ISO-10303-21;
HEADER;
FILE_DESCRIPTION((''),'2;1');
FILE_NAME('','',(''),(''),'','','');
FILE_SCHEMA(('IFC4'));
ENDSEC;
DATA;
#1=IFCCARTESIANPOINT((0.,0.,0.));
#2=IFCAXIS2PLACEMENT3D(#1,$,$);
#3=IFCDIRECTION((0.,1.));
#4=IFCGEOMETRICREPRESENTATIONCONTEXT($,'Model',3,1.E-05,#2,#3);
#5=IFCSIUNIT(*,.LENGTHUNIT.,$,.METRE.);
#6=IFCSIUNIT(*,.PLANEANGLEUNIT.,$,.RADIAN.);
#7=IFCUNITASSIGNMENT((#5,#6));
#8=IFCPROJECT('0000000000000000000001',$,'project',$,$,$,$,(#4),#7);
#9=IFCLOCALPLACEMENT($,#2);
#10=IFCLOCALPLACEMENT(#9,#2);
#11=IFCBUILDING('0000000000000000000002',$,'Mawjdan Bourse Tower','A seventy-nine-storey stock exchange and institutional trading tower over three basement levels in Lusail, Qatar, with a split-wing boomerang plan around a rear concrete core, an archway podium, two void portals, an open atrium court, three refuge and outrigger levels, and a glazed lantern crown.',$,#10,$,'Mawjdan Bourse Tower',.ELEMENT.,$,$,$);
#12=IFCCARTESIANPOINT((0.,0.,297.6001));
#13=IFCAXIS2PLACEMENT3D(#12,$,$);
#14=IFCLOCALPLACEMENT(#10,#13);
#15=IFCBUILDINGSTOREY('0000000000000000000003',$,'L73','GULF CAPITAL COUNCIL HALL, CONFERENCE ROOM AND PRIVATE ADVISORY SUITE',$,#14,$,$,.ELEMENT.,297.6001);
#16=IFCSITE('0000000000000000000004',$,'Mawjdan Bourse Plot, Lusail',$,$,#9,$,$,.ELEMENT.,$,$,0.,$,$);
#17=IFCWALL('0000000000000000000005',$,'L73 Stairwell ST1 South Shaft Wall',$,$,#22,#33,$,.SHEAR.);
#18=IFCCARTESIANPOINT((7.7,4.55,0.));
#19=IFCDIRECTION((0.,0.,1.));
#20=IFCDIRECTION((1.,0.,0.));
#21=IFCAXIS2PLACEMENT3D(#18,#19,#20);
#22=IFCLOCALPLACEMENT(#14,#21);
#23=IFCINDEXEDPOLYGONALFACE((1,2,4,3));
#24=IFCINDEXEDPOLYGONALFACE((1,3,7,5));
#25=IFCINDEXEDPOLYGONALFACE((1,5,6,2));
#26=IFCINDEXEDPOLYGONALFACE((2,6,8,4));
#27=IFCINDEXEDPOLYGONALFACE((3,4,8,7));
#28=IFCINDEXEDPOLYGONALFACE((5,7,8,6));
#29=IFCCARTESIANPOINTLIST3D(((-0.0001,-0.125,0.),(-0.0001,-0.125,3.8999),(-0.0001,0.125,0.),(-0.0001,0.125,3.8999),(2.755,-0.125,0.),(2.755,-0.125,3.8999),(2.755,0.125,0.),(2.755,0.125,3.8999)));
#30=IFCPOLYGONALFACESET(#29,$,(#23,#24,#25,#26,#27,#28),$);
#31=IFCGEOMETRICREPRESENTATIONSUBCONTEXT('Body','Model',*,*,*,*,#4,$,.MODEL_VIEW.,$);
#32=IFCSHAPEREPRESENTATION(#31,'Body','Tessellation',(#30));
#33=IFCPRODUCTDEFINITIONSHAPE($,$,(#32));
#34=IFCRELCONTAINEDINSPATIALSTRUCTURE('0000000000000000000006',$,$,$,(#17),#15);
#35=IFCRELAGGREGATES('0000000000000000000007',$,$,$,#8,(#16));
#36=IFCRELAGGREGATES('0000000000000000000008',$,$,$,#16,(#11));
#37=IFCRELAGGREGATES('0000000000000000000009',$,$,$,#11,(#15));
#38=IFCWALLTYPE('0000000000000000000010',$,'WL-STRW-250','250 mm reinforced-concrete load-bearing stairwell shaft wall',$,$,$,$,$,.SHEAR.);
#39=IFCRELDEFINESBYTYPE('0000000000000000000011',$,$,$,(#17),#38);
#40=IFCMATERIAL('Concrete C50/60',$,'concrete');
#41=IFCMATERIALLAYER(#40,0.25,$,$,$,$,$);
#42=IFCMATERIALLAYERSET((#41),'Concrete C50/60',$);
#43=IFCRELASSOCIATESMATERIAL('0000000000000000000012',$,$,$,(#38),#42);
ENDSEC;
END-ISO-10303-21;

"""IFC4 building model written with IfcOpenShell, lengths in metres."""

from ifc_helpers import new_model, si_unit, direction, frame, frame_2d, origin, place, context, subcontext, project, spatial, rectangle, extrude, material, layer, layer_set, type_object, element, save


model = new_model("IFC4")

# Units and contexts
model_context = context("Model", 3, precision=1e-05, world=origin(), true_north=direction((0.0, 1.0)))
body_context = subcontext(model_context, "Body", "Model", "MODEL_VIEW")
ifc_project = project(units=[si_unit("LENGTHUNIT", "METRE"), si_unit("PLANEANGLEUNIT", "RADIAN")], contexts=[model_context])

# Site, building, storey
site_placement = place(None, origin())
site = spatial("IfcSite", under=ifc_project, at=site_placement, Name="Mawjdan Bourse Plot, Lusail", CompositionType="ELEMENT", RefElevation=0.0)
building_placement = place(site_placement, origin())
building = spatial("IfcBuilding", under=site, at=building_placement, Name="Mawjdan Bourse Tower", Description="A seventy-nine-storey stock exchange and institutional trading tower over three basement levels in Lusail, Qatar, with a split-wing boomerang plan around a rear concrete core, an archway podium, two void portals, an open atrium court, three refuge and outrigger levels, and a glazed lantern crown.", LongName="Mawjdan Bourse Tower", CompositionType="ELEMENT")
storey_placement = place(building_placement, frame((0.0, 0.0, 297.6001)))
storey = spatial("IfcBuildingStorey", under=building, at=storey_placement, Name="L73", Description="GULF CAPITAL COUNCIL HALL, CONFERENCE ROOM AND PRIVATE ADVISORY SUITE", CompositionType="ELEMENT", Elevation=297.6001)

# Shared definitions
ifc_material_1 = material(Name="Concrete C50/60", Category="concrete")

# Wall
ifc_layer_1 = layer(ifc_material_1, 0.25)
ifc_layer_set_1 = layer_set([ifc_layer_1], Name="Concrete C50/60")
wall_type_1 = type_object("IfcWallType", Name="WL-STRW-250", Description="250 mm reinforced-concrete load-bearing stairwell shaft wall", PredefinedType="SHEAR", material=ifc_layer_set_1)
wall_1_placement = place(storey_placement, frame((7.7, 4.55, 0.0), z_axis=(0.0, 0.0, 1.0), x_axis=(1.0, 0.0, 0.0)))
element("IfcWall", 1, at=wall_1_placement, inside=storey, type_object=wall_type_1, Name="L73 Stairwell ST1 South Shaft Wall", PredefinedType="SHEAR", context=body_context, shape_type="SweptSolid", body=[
    extrude(rectangle(XDim=2.7551, YDim=0.25, at=frame_2d((1.3774, 0.0))), origin(), (0.0, 0.0, 1.0), 3.8999),
])

save(model, "model.ifc")
